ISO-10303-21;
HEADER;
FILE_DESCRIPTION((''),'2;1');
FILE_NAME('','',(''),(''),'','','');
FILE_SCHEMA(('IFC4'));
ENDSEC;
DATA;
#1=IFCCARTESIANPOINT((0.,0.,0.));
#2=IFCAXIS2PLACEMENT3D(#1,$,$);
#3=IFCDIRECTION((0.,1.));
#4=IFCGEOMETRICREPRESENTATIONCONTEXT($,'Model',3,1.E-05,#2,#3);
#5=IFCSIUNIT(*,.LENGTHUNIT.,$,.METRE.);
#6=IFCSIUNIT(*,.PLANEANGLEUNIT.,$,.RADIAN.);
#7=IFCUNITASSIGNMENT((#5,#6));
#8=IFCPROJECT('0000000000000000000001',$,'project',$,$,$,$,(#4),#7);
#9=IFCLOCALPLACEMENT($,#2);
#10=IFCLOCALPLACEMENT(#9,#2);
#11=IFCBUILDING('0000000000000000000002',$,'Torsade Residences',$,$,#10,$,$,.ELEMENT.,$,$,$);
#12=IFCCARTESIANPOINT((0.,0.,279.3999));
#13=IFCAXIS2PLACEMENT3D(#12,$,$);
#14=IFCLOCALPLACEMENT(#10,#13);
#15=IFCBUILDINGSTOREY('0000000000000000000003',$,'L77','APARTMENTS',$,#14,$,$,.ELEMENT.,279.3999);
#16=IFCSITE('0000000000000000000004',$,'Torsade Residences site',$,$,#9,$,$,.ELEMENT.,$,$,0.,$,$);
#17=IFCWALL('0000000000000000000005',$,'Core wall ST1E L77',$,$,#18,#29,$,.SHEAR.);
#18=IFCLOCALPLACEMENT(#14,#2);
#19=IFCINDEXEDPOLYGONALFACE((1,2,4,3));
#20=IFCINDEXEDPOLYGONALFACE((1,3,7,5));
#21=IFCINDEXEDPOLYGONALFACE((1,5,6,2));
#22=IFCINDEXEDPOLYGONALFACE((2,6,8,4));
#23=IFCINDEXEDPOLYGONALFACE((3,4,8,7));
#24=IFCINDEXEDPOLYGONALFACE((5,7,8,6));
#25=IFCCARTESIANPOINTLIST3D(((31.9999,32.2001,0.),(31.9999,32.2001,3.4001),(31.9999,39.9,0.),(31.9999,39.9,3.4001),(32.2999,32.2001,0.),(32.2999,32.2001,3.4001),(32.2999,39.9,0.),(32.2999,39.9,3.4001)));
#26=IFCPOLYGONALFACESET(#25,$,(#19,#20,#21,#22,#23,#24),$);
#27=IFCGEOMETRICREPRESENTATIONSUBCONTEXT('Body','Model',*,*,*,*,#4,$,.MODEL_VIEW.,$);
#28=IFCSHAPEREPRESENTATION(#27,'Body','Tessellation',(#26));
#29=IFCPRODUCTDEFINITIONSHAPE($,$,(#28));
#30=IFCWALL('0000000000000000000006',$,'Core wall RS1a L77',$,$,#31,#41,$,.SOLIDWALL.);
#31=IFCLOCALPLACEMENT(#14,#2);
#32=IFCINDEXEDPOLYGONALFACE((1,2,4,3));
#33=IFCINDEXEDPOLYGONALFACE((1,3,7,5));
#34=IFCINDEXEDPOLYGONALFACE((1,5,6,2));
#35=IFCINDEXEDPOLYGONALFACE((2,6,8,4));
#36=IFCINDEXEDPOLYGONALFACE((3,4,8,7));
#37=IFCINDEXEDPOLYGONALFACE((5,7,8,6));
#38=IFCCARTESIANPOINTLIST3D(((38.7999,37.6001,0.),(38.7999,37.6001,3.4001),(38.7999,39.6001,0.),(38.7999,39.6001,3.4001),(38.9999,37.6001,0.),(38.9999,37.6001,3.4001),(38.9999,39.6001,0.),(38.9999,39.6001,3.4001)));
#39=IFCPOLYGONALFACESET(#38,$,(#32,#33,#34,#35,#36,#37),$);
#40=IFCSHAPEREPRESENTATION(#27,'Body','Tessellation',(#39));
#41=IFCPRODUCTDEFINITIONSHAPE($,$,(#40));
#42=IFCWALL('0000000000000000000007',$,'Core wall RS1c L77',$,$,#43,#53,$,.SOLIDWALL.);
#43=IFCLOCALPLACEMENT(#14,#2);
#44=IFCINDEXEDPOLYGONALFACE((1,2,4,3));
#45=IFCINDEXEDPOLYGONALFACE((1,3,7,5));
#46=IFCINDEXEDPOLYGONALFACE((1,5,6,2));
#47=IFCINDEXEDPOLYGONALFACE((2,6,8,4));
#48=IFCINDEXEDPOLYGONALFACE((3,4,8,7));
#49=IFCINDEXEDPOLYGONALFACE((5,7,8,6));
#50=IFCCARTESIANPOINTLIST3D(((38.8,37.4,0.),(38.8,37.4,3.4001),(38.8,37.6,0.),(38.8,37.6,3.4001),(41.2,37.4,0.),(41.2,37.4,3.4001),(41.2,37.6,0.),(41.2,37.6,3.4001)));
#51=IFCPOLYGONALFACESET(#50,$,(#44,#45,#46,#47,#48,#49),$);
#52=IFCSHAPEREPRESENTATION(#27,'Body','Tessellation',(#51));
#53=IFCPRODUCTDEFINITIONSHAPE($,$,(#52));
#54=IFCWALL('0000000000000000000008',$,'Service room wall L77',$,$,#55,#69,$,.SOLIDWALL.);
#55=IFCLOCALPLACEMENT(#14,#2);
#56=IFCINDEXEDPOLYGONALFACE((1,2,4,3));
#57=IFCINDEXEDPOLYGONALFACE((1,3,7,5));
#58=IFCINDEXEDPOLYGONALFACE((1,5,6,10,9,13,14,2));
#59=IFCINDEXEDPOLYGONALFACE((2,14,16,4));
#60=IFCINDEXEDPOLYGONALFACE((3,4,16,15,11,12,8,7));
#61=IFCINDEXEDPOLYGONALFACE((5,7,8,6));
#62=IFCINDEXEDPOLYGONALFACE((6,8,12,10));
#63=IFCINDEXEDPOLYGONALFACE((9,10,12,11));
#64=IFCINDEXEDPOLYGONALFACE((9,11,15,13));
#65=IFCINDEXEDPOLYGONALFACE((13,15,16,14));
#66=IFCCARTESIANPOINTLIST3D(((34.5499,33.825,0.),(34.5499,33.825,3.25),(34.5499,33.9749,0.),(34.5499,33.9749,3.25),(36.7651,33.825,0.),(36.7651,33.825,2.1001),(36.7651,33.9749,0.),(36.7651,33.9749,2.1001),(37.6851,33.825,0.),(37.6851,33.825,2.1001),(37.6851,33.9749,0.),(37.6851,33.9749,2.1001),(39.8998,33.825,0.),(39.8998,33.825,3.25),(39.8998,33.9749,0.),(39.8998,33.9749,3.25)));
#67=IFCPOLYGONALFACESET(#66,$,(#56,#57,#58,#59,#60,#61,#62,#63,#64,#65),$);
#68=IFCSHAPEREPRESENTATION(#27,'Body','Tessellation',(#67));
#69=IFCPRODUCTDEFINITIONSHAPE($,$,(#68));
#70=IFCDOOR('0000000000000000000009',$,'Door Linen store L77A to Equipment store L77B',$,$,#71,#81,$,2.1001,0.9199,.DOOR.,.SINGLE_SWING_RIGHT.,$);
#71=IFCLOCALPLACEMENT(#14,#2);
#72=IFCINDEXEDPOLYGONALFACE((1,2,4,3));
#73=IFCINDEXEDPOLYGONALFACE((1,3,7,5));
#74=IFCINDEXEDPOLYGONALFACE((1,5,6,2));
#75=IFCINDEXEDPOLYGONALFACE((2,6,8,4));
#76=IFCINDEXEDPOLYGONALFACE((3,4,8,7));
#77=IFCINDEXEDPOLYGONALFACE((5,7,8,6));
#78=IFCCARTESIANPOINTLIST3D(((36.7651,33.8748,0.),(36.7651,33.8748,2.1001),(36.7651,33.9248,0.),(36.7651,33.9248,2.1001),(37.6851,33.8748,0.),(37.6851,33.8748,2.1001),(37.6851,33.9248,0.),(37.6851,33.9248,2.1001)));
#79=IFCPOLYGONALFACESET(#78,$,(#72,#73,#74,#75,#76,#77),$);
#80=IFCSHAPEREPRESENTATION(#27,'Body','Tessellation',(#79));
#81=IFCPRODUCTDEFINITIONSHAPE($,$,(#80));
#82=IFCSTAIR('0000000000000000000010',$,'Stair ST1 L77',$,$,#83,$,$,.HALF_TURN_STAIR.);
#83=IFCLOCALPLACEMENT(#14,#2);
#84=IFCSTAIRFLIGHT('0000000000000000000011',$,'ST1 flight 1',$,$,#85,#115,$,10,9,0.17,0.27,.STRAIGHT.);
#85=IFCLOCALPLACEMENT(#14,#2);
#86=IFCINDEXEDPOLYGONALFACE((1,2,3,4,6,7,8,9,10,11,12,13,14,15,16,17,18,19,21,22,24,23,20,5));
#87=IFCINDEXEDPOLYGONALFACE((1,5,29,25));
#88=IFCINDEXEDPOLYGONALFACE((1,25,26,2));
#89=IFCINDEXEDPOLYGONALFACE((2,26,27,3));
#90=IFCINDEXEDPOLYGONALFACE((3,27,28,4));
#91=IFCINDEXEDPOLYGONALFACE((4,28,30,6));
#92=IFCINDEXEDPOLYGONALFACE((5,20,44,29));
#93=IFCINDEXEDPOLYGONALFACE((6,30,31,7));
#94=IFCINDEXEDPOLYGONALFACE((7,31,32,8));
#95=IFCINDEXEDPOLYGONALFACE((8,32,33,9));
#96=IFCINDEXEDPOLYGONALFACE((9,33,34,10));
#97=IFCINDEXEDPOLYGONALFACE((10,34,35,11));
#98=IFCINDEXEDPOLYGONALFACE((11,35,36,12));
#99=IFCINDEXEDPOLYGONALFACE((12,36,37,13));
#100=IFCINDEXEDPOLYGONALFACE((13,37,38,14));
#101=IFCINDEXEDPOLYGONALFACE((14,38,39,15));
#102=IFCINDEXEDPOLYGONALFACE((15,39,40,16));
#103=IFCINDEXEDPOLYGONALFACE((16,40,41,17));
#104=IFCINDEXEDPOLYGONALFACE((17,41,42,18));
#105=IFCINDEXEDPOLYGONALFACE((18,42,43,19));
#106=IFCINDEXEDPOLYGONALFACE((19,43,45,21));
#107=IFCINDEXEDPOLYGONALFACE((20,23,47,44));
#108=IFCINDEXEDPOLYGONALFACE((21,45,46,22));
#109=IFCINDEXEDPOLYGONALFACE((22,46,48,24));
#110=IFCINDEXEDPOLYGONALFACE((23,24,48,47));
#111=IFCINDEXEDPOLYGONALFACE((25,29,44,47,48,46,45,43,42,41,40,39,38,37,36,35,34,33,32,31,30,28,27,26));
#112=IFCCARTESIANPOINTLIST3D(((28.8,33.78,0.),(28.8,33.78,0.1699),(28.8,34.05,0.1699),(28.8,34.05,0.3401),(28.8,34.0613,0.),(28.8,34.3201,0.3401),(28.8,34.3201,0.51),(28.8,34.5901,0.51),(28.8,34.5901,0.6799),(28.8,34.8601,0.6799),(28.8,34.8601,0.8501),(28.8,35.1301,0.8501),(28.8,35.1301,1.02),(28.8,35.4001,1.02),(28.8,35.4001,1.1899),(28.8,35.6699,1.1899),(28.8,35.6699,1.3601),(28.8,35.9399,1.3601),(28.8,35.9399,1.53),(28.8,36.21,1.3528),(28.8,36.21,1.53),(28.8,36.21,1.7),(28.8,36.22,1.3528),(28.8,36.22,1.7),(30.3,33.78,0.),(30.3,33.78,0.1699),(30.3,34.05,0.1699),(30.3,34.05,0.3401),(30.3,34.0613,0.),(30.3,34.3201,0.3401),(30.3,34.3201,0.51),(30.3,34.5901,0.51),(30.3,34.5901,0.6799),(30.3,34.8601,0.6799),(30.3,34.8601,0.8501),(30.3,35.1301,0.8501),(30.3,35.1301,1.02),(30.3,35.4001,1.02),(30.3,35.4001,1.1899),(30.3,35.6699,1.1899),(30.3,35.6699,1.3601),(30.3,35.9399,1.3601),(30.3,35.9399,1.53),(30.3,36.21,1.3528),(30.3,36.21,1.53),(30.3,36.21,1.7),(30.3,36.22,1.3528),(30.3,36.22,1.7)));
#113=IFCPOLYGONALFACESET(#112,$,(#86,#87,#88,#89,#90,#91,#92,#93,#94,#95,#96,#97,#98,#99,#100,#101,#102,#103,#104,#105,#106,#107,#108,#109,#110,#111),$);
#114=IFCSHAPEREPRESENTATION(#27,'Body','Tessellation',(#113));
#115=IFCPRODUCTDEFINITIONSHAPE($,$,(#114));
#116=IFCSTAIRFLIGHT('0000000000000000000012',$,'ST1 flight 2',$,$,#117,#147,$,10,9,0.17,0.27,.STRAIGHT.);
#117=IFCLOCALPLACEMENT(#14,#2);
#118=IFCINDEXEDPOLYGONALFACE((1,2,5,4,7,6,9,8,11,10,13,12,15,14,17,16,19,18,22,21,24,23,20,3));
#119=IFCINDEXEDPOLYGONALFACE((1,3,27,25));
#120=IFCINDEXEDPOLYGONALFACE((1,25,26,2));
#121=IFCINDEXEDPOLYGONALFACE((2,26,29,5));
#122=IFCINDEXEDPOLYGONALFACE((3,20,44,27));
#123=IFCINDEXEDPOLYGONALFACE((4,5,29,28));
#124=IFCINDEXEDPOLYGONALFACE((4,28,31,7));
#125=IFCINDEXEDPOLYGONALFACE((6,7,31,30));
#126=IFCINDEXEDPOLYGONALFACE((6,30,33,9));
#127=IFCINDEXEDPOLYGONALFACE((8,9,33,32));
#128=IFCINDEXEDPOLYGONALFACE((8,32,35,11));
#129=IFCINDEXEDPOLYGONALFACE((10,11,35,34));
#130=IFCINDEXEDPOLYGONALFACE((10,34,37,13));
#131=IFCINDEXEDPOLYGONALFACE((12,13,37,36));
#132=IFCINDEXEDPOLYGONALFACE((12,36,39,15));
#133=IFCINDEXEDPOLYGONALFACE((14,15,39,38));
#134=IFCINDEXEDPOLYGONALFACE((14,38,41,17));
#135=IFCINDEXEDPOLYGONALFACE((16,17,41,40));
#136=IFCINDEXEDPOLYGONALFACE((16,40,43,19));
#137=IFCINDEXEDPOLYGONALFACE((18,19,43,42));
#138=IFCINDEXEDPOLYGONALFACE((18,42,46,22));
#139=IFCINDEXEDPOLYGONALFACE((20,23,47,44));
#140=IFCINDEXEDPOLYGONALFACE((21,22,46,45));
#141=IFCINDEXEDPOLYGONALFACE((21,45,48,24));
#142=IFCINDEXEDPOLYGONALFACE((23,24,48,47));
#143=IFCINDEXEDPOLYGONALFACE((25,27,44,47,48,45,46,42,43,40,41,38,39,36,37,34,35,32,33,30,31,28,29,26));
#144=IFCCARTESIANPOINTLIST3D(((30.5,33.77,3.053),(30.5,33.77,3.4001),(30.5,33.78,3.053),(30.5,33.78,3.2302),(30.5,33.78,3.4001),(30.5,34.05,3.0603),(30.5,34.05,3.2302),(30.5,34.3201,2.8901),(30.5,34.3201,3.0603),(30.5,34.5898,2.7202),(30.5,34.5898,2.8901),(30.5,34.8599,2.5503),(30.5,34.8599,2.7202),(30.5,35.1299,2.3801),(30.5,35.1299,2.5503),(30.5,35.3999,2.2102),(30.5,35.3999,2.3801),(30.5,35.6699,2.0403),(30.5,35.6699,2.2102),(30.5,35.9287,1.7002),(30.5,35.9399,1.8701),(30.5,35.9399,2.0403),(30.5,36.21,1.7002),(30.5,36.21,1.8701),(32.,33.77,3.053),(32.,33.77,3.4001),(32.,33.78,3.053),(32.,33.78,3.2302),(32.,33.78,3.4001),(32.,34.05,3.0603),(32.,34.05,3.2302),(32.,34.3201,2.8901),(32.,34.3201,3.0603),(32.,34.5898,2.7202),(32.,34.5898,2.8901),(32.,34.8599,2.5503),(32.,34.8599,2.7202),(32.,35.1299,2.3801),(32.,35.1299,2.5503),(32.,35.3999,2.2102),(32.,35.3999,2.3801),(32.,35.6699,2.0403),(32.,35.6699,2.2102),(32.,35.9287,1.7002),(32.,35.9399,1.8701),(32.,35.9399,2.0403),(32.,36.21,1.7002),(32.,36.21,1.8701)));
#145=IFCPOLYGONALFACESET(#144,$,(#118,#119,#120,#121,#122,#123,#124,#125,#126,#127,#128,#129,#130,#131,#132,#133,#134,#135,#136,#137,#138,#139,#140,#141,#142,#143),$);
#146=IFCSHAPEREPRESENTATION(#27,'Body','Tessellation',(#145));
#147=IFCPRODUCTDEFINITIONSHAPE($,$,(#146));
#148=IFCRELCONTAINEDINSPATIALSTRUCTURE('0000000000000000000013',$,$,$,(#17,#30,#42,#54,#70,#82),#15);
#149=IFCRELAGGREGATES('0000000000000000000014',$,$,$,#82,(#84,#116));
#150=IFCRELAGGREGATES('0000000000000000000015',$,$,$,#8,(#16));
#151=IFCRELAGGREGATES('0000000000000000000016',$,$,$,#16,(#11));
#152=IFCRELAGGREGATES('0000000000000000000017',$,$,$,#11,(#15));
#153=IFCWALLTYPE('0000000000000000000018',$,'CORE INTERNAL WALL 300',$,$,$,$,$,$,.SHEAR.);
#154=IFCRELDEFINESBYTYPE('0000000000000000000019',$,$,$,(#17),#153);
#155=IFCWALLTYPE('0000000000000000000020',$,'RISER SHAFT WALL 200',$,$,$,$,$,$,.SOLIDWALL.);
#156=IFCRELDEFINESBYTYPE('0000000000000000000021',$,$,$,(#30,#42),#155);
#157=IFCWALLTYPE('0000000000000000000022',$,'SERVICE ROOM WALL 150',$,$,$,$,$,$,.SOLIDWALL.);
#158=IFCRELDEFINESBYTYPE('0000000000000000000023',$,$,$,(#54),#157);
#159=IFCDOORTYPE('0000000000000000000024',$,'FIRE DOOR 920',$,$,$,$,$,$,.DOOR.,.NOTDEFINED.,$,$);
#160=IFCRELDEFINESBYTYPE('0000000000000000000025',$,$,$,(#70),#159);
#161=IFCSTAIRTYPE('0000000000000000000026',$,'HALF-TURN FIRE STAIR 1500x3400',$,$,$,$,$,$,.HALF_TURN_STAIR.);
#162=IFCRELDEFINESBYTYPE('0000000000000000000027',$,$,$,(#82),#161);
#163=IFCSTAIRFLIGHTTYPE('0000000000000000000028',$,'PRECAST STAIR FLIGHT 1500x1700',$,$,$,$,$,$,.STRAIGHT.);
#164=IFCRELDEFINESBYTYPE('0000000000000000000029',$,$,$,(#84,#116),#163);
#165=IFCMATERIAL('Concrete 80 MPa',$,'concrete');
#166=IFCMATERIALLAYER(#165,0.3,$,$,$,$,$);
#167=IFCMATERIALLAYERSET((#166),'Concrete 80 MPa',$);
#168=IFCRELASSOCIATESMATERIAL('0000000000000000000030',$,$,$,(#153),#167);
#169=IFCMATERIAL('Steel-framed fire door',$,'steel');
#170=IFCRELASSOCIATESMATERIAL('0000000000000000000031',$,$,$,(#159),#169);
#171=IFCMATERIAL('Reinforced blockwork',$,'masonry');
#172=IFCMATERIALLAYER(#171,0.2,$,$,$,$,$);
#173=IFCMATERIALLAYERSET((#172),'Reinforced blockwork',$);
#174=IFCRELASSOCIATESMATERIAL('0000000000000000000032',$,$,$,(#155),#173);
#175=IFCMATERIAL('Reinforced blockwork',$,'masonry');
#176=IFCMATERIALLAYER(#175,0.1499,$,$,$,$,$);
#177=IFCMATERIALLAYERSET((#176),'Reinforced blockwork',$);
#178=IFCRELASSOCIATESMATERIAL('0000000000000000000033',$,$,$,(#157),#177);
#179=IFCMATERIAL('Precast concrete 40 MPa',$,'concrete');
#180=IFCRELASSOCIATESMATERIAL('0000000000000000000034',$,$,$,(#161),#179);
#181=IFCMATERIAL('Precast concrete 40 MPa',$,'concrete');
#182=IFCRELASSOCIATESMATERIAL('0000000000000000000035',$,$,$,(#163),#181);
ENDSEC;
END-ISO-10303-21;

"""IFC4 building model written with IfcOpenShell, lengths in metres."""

from ifc_helpers import new_model, si_unit, direction, frame, frame_2d, origin, place, context, subcontext, project, spatial, polyline, rectangle, outline, extrude, material, layer, layer_set, type_object, element, fill, aggregate, save


model = new_model("IFC4")

# Units and contexts
model_context = context("Model", 3, precision=1e-05, world=origin(), true_north=direction((0.0, 1.0)))
body_context = subcontext(model_context, "Body", "Model", "MODEL_VIEW")
ifc_project = project(units=[si_unit("LENGTHUNIT", "METRE"), si_unit("PLANEANGLEUNIT", "RADIAN")], contexts=[model_context])

# Site, building, storey
site_placement = place(None, origin())
site = spatial("IfcSite", under=ifc_project, at=site_placement, Name="Torsade Residences site", CompositionType="ELEMENT", RefElevation=0.0)
building_placement = place(site_placement, origin())
building = spatial("IfcBuilding", under=site, at=building_placement, Name="Torsade Residences", CompositionType="ELEMENT")
storey_placement = place(building_placement, frame((0.0, 0.0, 279.3999)))
storey = spatial("IfcBuildingStorey", under=building, at=storey_placement, Name="L77", Description="APARTMENTS", CompositionType="ELEMENT", Elevation=279.3999)

# Shared definitions
ifc_material_1 = material(Name="Concrete 80 MPa", Category="concrete")
ifc_layer_1 = layer(ifc_material_1, 0.3)
ifc_layer_set_1 = layer_set([ifc_layer_1], Name="Concrete 80 MPa")
wall_type_1 = type_object("IfcWallType", Name="CORE INTERNAL WALL 300", PredefinedType="SHEAR", material=ifc_layer_set_1)
ifc_material_2 = material(Name="Steel-framed fire door", Category="steel")
door_type_1 = type_object("IfcDoorType", Name="FIRE DOOR 920", OperationType="NOTDEFINED", PredefinedType="DOOR", material=ifc_material_2)

# Walls
wall_1_placement = place(storey_placement, frame((32.1499, 32.2, 0.0), z_axis=(0.0, 0.0, 1.0), x_axis=(0.0, 1.0, 0.0)))
element("IfcWall", 1, at=wall_1_placement, inside=storey, type_object=wall_type_1, Name="Core wall ST1E L77", PredefinedType="SHEAR", context=body_context, shape_type="SweptSolid", body=[
    extrude(rectangle(XDim=7.7, YDim=0.3, at=frame_2d((3.8501, 0.0))), origin(), (0.0, 0.0, 1.0), 3.4001),
])
ifc_material_3 = material(Name="Reinforced blockwork", Category="masonry")
ifc_layer_2 = layer(ifc_material_3, 0.2)
ifc_layer_set_2 = layer_set([ifc_layer_2], Name="Reinforced blockwork")
wall_type_2 = type_object("IfcWallType", Name="RISER SHAFT WALL 200", PredefinedType="SOLIDWALL", material=ifc_layer_set_2)
wall_2_placement = place(storey_placement, frame((38.8999, 37.6001, 0.0), z_axis=(0.0, 0.0, 1.0), x_axis=(0.0, 1.0, 0.0)))
element("IfcWall", 2, at=wall_2_placement, inside=storey, type_object=wall_type_2, Name="Core wall RS1a L77", PredefinedType="SOLIDWALL", context=body_context, shape_type="SweptSolid", body=[
    extrude(rectangle(XDim=2.0, YDim=0.2, at=frame_2d((1.0, 0.0))), origin(), (0.0, 0.0, 1.0), 3.4001),
])
wall_3_placement = place(storey_placement, frame((38.8, 37.5, 0.0), z_axis=(0.0, 0.0, 1.0), x_axis=(1.0, 0.0, 0.0)))
element("IfcWall", 3, at=wall_3_placement, inside=storey, type_object=wall_type_2, Name="Core wall RS1c L77", PredefinedType="SOLIDWALL", context=body_context, shape_type="SweptSolid", body=[
    extrude(rectangle(XDim=2.3999, YDim=0.2, at=frame_2d((1.2, 0.0))), origin(), (0.0, 0.0, 1.0), 3.4001),
])

# Wall, opening, door
ifc_material_4 = material(Name="Reinforced blockwork", Category="masonry")
ifc_layer_3 = layer(ifc_material_4, 0.1499)
ifc_layer_set_3 = layer_set([ifc_layer_3], Name="Reinforced blockwork")
wall_type_3 = type_object("IfcWallType", Name="SERVICE ROOM WALL 150", PredefinedType="SOLIDWALL", material=ifc_layer_set_3)
wall_4_placement = place(storey_placement, frame((34.55, 33.8999, 0.0), z_axis=(0.0, 0.0, 1.0), x_axis=(1.0, 0.0, 0.0)))
wall_4 = element("IfcWall", 4, at=wall_4_placement, inside=storey, type_object=wall_type_3, Name="Service room wall L77", PredefinedType="SOLIDWALL", context=body_context, shape_type="SweptSolid", body=[
    extrude(rectangle(XDim=5.3499, YDim=0.1499, at=frame_2d((2.6748, 0.0))), origin(), (0.0, 0.0, 1.0), 3.25),
])
opening_1_placement = place(wall_4_placement, frame((2.2151, 0.0, 0.0)))
opening_1 = element("IfcOpeningElement", 5, at=opening_1_placement, cuts=wall_4, PredefinedType="OPENING", context=body_context, shape_type="SweptSolid", body=[
    extrude(rectangle(XDim=0.9199, YDim=2.1001, at=frame_2d((0.46, 1.05))), frame((0.0, 0.085, 0.0), z_axis=(0.0, -1.0, 0.0), x_axis=(1.0, 0.0, 0.0)), (0.0, 0.0, 1.0), 0.1699),
])
door_1_placement = place(opening_1_placement, origin())
door_1 = element("IfcDoor", 6, at=door_1_placement, inside=storey, type_object=door_type_1, Name="Door Linen store L77A to Equipment store L77B", OperationType="SINGLE_SWING_RIGHT", OverallHeight=2.1001, OverallWidth=0.9199, PredefinedType="DOOR", context=body_context, shape_type="SweptSolid", body=[
    extrude(rectangle(XDim=0.9199, YDim=2.1001, at=frame_2d((0.46, 1.05))), frame((0.0, 0.0249, 0.0), z_axis=(0.0, -1.0, 0.0), x_axis=(1.0, 0.0, 0.0)), (0.0, 0.0, 1.0), 0.05),
])
fill(opening_1, door_1)

# Stair, stair flights
ifc_material_5 = material(Name="Precast concrete 40 MPa", Category="concrete")
stair_type = type_object("IfcStairType", Name="HALF-TURN FIRE STAIR 1500x3400", PredefinedType="HALF_TURN_STAIR", material=ifc_material_5)
stair_placement = place(storey_placement, origin())
stair = element("IfcStair", 7, at=stair_placement, inside=storey, type_object=stair_type, Name="Stair ST1 L77", PredefinedType="HALF_TURN_STAIR")
ifc_material_6 = material(Name="Precast concrete 40 MPa", Category="concrete")
stair_flight_type = type_object("IfcStairFlightType", Name="PRECAST STAIR FLIGHT 1500x1700", PredefinedType="STRAIGHT", material=ifc_material_6)
stair_flight_1_placement = place(storey_placement, frame((29.55, 33.78, 0.0), z_axis=(0.0, 0.0, 1.0), x_axis=(0.0, 1.0, 0.0)))
stair_flight_1 = element("IfcStairFlight", 8, at=stair_flight_1_placement, type_object=stair_flight_type, Name="ST1 flight 1", NumberOfRisers=10, NumberOfTreads=9, PredefinedType="STRAIGHT", RiserHeight=0.17, TreadLength=0.27, context=body_context, shape_type="SweptSolid", body=[
    extrude(outline(polyline([(0.0, 0.0), (0.0, 0.1699), (0.27, 0.1699), (0.27, 0.3401), (0.54, 0.3401), (0.54, 0.51), (0.8101, 0.51), (0.8101, 0.6799), (1.0801, 0.6799), (1.0801, 0.8501), (1.3501, 0.8501), (1.3501, 1.02), (1.6201, 1.02), (1.6201, 1.1899), (1.8899, 1.1899), (1.8899, 1.3601), (2.1599, 1.3601), (2.1599, 1.53), (2.4299, 1.53), (2.4299, 1.7), (2.4399, 1.7), (2.4399, 1.3528), (2.4299, 1.3528), (0.2812, 0.0), (0.0, 0.0)])), frame((0.0, 0.75, 0.0), z_axis=(0.0, -1.0, 0.0), x_axis=(1.0, 0.0, 0.0)), (0.0, 0.0, 1.0), 1.5),
])
stair_flight_2_placement = place(storey_placement, frame((31.25, 36.21, 1.7002), z_axis=(0.0, 0.0, 1.0), x_axis=(0.0, -1.0, 0.0)))
stair_flight_2 = element("IfcStairFlight", 9, at=stair_flight_2_placement, type_object=stair_flight_type, Name="ST1 flight 2", NumberOfRisers=10, NumberOfTreads=9, PredefinedType="STRAIGHT", RiserHeight=0.17, TreadLength=0.27, context=body_context, shape_type="SweptSolid", body=[
    extrude(outline(polyline([(0.0, 0.0), (0.0, 0.1699), (0.27, 0.1699), (0.27, 0.3401), (0.54, 0.3401), (0.54, 0.51), (0.8101, 0.51), (0.8101, 0.6799), (1.0801, 0.6799), (1.0801, 0.8501), (1.3501, 0.8501), (1.3501, 1.02), (1.6201, 1.02), (1.6201, 1.1899), (1.8899, 1.1899), (1.8899, 1.3601), (2.1599, 1.3601), (2.1599, 1.53), (2.4299, 1.53), (2.4299, 1.7), (2.4399, 1.7), (2.4399, 1.3528), (2.4299, 1.3528), (0.2812, 0.0), (0.0, 0.0)])), frame((0.0, 0.75, 0.0), z_axis=(0.0, -1.0, 0.0), x_axis=(1.0, 0.0, 0.0)), (0.0, 0.0, 1.0), 1.5),
])
aggregate(stair, [stair_flight_1, stair_flight_2])

save(model, "model.ifc")
